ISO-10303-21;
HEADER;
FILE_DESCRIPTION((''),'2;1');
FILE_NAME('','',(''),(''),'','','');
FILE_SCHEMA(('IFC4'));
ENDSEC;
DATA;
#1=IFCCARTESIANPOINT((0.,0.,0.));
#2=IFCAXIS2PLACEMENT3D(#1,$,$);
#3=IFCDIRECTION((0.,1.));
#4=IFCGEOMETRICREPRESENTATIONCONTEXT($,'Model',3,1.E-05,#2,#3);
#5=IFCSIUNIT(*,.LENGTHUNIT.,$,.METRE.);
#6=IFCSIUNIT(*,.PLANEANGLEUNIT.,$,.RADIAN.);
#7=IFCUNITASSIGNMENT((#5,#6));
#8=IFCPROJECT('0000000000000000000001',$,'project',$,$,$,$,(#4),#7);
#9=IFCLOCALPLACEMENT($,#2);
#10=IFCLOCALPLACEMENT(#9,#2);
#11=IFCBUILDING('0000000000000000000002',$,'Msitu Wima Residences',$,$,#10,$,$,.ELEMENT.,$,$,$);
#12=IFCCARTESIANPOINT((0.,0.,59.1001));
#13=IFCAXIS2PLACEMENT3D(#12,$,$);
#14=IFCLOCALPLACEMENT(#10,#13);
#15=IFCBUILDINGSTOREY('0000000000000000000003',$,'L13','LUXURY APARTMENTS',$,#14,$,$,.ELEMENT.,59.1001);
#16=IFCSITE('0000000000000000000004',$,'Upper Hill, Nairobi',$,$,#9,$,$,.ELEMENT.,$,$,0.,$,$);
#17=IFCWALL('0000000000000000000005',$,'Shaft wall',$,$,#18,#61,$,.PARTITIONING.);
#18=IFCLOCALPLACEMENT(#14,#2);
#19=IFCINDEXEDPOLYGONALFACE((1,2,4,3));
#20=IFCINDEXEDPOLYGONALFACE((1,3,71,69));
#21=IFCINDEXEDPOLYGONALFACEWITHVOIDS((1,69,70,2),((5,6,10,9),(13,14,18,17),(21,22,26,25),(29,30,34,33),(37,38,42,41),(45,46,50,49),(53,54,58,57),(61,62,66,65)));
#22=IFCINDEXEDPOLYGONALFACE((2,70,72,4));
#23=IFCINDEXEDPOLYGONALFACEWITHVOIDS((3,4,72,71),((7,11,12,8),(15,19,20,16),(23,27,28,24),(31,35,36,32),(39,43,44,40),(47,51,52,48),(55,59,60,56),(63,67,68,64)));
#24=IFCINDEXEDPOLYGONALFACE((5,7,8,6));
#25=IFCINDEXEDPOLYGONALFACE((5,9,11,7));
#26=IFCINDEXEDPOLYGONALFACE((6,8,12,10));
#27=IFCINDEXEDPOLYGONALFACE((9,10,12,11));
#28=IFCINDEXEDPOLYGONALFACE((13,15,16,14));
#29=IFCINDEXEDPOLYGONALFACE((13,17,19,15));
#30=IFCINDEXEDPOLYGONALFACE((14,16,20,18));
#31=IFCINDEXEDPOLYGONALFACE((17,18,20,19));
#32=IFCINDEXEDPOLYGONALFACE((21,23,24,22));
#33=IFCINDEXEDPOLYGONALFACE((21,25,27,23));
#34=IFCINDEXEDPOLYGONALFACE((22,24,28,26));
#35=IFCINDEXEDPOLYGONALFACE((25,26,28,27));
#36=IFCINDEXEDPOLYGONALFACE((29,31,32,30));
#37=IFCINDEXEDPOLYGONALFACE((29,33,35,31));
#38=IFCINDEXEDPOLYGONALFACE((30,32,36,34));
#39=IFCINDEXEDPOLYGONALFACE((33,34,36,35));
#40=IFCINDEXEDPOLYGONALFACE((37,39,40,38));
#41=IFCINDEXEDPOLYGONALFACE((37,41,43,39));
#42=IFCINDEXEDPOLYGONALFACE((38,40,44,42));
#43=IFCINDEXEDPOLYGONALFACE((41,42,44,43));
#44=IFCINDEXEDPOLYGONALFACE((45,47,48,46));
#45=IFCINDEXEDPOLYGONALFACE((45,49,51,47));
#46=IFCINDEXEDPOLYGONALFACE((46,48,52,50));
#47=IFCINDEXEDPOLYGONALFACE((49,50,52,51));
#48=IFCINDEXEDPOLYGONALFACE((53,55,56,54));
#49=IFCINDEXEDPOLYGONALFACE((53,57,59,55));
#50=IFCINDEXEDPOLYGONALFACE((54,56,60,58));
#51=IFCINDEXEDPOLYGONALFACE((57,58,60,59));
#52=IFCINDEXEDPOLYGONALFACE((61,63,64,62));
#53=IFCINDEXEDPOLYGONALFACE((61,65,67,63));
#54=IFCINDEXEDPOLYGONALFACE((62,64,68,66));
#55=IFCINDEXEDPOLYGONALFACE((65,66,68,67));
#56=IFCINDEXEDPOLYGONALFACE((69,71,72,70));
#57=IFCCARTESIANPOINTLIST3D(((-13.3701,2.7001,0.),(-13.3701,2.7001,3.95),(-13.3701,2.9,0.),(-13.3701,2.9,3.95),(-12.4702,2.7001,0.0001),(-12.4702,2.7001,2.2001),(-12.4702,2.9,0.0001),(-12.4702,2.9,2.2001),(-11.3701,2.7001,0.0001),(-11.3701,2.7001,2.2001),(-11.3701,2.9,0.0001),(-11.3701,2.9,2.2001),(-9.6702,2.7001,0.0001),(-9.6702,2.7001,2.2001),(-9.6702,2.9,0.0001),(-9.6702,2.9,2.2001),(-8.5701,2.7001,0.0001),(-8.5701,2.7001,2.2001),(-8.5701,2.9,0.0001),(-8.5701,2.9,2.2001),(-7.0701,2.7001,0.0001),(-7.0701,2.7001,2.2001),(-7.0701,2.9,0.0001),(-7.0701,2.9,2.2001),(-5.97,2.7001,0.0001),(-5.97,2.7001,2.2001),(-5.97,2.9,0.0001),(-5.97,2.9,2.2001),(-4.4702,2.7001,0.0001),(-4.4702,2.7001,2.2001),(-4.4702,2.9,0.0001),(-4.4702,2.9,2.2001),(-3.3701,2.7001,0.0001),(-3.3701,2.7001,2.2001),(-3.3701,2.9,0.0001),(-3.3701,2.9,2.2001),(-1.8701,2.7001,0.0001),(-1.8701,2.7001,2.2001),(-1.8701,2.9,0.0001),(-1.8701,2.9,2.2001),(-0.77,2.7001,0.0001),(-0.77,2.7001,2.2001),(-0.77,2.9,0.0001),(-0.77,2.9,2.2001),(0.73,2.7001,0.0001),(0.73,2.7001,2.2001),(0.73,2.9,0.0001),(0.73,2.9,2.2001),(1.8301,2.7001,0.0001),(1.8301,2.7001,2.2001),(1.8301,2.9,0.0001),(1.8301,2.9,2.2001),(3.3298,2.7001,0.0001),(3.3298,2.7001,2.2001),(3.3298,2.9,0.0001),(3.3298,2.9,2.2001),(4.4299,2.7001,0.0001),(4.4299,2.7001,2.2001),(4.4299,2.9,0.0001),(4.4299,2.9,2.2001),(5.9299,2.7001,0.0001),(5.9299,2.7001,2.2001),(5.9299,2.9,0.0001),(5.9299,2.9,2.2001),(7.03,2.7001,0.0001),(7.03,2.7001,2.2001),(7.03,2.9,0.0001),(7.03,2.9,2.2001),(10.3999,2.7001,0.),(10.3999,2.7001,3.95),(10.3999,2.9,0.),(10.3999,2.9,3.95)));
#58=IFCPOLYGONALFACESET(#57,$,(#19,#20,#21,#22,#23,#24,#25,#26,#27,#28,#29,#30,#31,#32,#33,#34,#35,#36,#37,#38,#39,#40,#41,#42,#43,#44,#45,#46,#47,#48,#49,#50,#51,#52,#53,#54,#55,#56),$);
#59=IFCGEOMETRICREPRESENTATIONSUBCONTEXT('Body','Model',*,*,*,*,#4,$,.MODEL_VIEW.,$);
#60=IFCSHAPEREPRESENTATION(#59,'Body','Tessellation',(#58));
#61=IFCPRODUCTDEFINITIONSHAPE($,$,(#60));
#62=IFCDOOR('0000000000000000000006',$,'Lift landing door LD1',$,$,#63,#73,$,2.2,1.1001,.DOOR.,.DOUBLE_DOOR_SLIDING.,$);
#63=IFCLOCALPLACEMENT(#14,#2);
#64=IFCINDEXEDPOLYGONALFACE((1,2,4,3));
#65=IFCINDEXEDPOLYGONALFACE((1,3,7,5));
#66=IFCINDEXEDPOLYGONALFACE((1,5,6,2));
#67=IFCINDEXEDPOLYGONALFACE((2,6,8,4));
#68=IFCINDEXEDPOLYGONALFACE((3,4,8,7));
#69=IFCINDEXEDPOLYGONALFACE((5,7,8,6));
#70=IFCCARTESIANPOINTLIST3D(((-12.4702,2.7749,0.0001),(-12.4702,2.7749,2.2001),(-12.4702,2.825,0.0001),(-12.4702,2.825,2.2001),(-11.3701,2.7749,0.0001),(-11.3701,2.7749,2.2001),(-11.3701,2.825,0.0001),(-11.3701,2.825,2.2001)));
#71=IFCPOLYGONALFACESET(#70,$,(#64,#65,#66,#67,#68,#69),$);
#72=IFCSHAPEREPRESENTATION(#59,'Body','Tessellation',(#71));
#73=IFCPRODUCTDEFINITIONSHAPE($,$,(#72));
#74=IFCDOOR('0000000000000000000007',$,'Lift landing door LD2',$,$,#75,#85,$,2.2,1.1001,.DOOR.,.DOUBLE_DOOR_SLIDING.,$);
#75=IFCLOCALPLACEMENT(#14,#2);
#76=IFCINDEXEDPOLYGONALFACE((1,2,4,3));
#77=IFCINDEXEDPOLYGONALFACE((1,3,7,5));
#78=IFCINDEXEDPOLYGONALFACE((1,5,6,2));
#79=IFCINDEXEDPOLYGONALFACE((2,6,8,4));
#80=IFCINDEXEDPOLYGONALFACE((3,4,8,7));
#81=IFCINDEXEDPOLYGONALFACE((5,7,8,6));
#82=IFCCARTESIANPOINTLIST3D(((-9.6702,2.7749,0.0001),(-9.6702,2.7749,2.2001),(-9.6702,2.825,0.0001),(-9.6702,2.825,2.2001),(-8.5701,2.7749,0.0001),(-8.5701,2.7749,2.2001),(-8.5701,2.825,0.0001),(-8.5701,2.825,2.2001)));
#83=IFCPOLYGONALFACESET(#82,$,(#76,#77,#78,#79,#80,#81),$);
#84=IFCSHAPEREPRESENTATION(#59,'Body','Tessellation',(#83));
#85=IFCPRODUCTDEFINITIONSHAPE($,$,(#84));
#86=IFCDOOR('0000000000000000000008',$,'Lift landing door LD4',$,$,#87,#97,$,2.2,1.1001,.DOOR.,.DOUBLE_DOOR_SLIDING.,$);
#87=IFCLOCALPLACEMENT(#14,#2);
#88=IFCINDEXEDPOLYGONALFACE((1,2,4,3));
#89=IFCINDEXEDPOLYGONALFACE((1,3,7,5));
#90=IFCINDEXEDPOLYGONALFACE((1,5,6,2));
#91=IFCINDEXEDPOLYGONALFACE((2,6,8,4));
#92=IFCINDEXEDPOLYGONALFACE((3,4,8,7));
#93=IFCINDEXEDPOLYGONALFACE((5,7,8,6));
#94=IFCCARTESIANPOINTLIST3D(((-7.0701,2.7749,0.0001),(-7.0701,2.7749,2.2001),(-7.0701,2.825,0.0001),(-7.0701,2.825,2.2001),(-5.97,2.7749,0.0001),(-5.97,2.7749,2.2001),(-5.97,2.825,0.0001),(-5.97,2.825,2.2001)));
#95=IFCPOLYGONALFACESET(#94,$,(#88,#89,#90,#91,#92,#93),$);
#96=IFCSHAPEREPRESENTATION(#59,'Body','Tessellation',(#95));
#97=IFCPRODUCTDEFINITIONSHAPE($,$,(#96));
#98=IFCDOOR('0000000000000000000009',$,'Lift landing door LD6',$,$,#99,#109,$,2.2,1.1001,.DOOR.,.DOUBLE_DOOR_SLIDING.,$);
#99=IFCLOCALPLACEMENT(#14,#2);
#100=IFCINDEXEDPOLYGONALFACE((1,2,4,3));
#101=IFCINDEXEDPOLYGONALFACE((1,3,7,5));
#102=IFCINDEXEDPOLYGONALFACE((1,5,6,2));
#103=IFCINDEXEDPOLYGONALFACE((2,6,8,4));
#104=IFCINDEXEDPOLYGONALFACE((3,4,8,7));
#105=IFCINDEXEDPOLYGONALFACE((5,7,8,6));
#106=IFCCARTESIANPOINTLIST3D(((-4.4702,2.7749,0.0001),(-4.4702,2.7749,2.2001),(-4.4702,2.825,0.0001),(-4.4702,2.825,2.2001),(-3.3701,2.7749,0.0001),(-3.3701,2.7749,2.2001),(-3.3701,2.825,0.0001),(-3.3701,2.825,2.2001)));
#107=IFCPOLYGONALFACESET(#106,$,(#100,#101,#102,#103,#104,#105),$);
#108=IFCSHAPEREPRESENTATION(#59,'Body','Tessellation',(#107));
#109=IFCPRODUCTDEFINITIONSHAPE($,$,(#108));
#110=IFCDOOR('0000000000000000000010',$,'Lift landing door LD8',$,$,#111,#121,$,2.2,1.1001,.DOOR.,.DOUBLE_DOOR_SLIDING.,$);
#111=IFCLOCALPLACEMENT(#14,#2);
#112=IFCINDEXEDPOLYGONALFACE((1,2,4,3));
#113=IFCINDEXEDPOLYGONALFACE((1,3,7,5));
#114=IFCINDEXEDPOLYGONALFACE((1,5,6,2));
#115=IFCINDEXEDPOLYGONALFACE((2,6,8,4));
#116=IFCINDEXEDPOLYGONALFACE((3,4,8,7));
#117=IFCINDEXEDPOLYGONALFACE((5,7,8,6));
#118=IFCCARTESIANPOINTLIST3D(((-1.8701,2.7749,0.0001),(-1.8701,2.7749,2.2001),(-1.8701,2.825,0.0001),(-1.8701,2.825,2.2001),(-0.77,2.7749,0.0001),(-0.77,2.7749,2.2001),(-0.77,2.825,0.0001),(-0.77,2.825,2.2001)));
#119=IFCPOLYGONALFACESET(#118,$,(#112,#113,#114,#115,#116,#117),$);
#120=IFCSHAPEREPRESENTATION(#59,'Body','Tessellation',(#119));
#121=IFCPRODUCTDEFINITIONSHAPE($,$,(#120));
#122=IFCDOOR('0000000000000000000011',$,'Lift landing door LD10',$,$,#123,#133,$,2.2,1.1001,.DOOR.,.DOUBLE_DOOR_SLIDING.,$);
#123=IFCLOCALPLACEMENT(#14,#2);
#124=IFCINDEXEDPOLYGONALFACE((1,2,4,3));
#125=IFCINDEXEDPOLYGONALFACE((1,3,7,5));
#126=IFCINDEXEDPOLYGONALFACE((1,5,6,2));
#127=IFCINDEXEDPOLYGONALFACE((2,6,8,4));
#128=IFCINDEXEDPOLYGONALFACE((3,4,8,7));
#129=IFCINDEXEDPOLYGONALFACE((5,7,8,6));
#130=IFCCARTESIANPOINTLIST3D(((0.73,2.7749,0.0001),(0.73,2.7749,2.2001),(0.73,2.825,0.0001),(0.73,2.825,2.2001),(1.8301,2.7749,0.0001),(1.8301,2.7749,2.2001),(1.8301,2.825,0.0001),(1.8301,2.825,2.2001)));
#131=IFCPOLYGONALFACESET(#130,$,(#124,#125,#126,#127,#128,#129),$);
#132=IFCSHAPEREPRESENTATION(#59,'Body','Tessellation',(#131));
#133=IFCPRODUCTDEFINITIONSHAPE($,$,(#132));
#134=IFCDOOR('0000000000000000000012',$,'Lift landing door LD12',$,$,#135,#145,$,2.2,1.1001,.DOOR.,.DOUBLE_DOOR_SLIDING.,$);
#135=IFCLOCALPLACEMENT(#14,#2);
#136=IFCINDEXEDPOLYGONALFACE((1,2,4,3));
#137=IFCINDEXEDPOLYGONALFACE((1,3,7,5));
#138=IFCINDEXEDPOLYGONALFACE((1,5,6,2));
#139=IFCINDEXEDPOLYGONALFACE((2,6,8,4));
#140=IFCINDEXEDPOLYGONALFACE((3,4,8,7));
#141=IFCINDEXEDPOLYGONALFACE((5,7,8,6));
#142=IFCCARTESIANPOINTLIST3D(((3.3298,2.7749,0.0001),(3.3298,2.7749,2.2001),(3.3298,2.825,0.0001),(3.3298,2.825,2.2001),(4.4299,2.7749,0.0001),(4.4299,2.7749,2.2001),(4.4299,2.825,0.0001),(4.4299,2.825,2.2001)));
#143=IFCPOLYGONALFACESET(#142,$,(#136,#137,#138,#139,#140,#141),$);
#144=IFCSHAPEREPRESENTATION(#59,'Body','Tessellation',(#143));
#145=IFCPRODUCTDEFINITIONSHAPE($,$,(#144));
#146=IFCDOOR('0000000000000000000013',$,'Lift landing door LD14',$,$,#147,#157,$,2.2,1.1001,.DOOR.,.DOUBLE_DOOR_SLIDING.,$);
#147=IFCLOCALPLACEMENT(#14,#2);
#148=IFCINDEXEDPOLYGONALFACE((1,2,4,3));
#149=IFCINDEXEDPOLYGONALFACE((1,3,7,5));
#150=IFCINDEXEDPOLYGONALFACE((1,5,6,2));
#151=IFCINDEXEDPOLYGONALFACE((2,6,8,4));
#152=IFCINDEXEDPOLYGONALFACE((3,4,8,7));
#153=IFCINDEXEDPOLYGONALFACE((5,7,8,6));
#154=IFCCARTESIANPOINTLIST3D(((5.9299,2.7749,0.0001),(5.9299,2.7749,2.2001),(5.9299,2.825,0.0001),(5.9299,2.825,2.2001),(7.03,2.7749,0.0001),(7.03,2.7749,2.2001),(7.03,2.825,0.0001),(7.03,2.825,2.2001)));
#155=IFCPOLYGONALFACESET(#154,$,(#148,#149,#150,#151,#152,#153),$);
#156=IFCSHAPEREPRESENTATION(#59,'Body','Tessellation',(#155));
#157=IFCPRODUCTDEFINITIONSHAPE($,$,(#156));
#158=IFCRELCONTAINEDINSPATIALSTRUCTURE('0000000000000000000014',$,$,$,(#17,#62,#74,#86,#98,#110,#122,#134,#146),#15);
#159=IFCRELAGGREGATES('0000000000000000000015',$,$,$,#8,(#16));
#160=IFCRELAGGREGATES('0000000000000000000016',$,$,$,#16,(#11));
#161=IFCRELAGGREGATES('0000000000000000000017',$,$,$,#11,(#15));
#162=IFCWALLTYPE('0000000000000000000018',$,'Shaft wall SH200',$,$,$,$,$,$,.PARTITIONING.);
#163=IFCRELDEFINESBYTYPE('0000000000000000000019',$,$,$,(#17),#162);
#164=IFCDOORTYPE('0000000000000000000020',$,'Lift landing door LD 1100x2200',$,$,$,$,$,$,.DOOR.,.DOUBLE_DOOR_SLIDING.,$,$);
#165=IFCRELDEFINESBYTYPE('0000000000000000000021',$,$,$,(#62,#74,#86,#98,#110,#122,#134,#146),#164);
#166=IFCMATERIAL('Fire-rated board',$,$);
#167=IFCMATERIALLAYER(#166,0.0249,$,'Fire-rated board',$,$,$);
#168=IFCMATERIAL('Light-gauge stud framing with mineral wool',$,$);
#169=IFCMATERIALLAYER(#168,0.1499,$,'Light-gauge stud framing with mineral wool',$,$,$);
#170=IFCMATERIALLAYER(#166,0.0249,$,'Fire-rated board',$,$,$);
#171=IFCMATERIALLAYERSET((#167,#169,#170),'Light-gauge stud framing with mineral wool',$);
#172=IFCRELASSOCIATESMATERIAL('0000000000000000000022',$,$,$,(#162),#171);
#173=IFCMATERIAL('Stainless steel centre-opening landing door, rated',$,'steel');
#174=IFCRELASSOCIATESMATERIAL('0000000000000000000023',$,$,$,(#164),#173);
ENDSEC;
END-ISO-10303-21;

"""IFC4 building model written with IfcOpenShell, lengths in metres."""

from ifc_helpers import new_model, si_unit, direction, frame, frame_2d, origin, place, context, subcontext, project, spatial, rectangle, extrude, material, layer, layer_set, type_object, element, fill, save


model = new_model("IFC4")

# Units and contexts
model_context = context("Model", 3, precision=1e-05, world=origin(), true_north=direction((0.0, 1.0)))
body_context = subcontext(model_context, "Body", "Model", "MODEL_VIEW")
ifc_project = project(units=[si_unit("LENGTHUNIT", "METRE"), si_unit("PLANEANGLEUNIT", "RADIAN")], contexts=[model_context])

# Site, building, storey
site_placement = place(None, origin())
site = spatial("IfcSite", under=ifc_project, at=site_placement, Name="Upper Hill, Nairobi", CompositionType="ELEMENT", RefElevation=0.0)
building_placement = place(site_placement, origin())
building = spatial("IfcBuilding", under=site, at=building_placement, Name="Msitu Wima Residences", CompositionType="ELEMENT")
storey_placement = place(building_placement, frame((0.0, 0.0, 59.1001)))
storey = spatial("IfcBuildingStorey", under=building, at=storey_placement, Name="L13", Description="LUXURY APARTMENTS", CompositionType="ELEMENT", Elevation=59.1001)

# Wall, openings, doors
ifc_material_1 = material(Name="Fire-rated board")
ifc_layer_1 = layer(ifc_material_1, 0.0249, Name="Fire-rated board")
ifc_material_2 = material(Name="Light-gauge stud framing with mineral wool")
ifc_layer_2 = layer(ifc_material_2, 0.1499, Name="Light-gauge stud framing with mineral wool")
ifc_layer_3 = layer(ifc_material_1, 0.0249, Name="Fire-rated board")
ifc_layer_set_1 = layer_set([ifc_layer_1, ifc_layer_2, ifc_layer_3], Name="Light-gauge stud framing with mineral wool")
wall_type_1 = type_object("IfcWallType", Name="Shaft wall SH200", PredefinedType="PARTITIONING", material=ifc_layer_set_1)
wall_1_placement = place(storey_placement, frame((-13.3701, 2.8, 0.0), z_axis=(0.0, 0.0, 1.0), x_axis=(1.0, 0.0, 0.0)))
wall_1 = element("IfcWall", 1, at=wall_1_placement, inside=storey, type_object=wall_type_1, Name="Shaft wall", PredefinedType="PARTITIONING", context=body_context, shape_type="SweptSolid", body=[
    extrude(rectangle(XDim=23.77, YDim=0.2, at=frame_2d((11.885, 0.0))), origin(), (0.0, 0.0, 1.0), 3.95),
])
opening_1_placement = place(wall_1_placement, frame((0.8999, 0.0, 0.0)))
opening_1 = element("IfcOpeningElement", 2, at=opening_1_placement, cuts=wall_1, PredefinedType="OPENING", context=body_context, shape_type="SweptSolid", body=[
    extrude(rectangle(XDim=1.1001, YDim=2.2, at=frame_2d((0.55, 1.1001))), frame((0.0, 0.1099, 0.0), z_axis=(0.0, -1.0, 0.0), x_axis=(1.0, 0.0, 0.0)), (0.0, 0.0, 1.0), 0.22),
])
opening_2_placement = place(wall_1_placement, frame((3.7, 0.0, 0.0)))
opening_2 = element("IfcOpeningElement", 3, at=opening_2_placement, cuts=wall_1, PredefinedType="OPENING", context=body_context, shape_type="SweptSolid", body=[
    extrude(rectangle(XDim=1.1001, YDim=2.2, at=frame_2d((0.55, 1.1001))), frame((0.0, 0.1099, 0.0), z_axis=(0.0, -1.0, 0.0), x_axis=(1.0, 0.0, 0.0)), (0.0, 0.0, 1.0), 0.22),
])
opening_3_placement = place(wall_1_placement, frame((6.3, 0.0, 0.0)))
opening_3 = element("IfcOpeningElement", 4, at=opening_3_placement, cuts=wall_1, PredefinedType="OPENING", context=body_context, shape_type="SweptSolid", body=[
    extrude(rectangle(XDim=1.1001, YDim=2.2, at=frame_2d((0.55, 1.1001))), frame((0.0, 0.1099, 0.0), z_axis=(0.0, -1.0, 0.0), x_axis=(1.0, 0.0, 0.0)), (0.0, 0.0, 1.0), 0.22),
])
opening_4_placement = place(wall_1_placement, frame((8.8999, 0.0, 0.0)))
opening_4 = element("IfcOpeningElement", 5, at=opening_4_placement, cuts=wall_1, PredefinedType="OPENING", context=body_context, shape_type="SweptSolid", body=[
    extrude(rectangle(XDim=1.1001, YDim=2.2, at=frame_2d((0.55, 1.1001))), frame((0.0, 0.1099, 0.0), z_axis=(0.0, -1.0, 0.0), x_axis=(1.0, 0.0, 0.0)), (0.0, 0.0, 1.0), 0.22),
])
opening_5_placement = place(wall_1_placement, frame((11.5, 0.0, 0.0)))
opening_5 = element("IfcOpeningElement", 6, at=opening_5_placement, cuts=wall_1, PredefinedType="OPENING", context=body_context, shape_type="SweptSolid", body=[
    extrude(rectangle(XDim=1.1001, YDim=2.2, at=frame_2d((0.55, 1.1001))), frame((0.0, 0.1099, 0.0), z_axis=(0.0, -1.0, 0.0), x_axis=(1.0, 0.0, 0.0)), (0.0, 0.0, 1.0), 0.22),
])
opening_6_placement = place(wall_1_placement, frame((14.1001, 0.0, 0.0)))
opening_6 = element("IfcOpeningElement", 7, at=opening_6_placement, cuts=wall_1, PredefinedType="OPENING", context=body_context, shape_type="SweptSolid", body=[
    extrude(rectangle(XDim=1.1001, YDim=2.2, at=frame_2d((0.55, 1.1001))), frame((0.0, 0.1099, 0.0), z_axis=(0.0, -1.0, 0.0), x_axis=(1.0, 0.0, 0.0)), (0.0, 0.0, 1.0), 0.22),
])
opening_7_placement = place(wall_1_placement, frame((16.7, 0.0, 0.0)))
opening_7 = element("IfcOpeningElement", 8, at=opening_7_placement, cuts=wall_1, PredefinedType="OPENING", context=body_context, shape_type="SweptSolid", body=[
    extrude(rectangle(XDim=1.1001, YDim=2.2, at=frame_2d((0.55, 1.1001))), frame((0.0, 0.1099, 0.0), z_axis=(0.0, -1.0, 0.0), x_axis=(1.0, 0.0, 0.0)), (0.0, 0.0, 1.0), 0.22),
])
opening_8_placement = place(wall_1_placement, frame((19.3, 0.0, 0.0)))
opening_8 = element("IfcOpeningElement", 9, at=opening_8_placement, cuts=wall_1, PredefinedType="OPENING", context=body_context, shape_type="SweptSolid", body=[
    extrude(rectangle(XDim=1.1001, YDim=2.2, at=frame_2d((0.55, 1.1001))), frame((0.0, 0.1099, 0.0), z_axis=(0.0, -1.0, 0.0), x_axis=(1.0, 0.0, 0.0)), (0.0, 0.0, 1.0), 0.22),
])
ifc_material_3 = material(Name="Stainless steel centre-opening landing door, rated", Category="steel")
door_type_1 = type_object("IfcDoorType", Name="Lift landing door LD 1100x2200", OperationType="DOUBLE_DOOR_SLIDING", PredefinedType="DOOR", material=ifc_material_3)
door_1_placement = place(opening_1_placement, origin())
door_1 = element("IfcDoor", 10, at=door_1_placement, inside=storey, type_object=door_type_1, Name="Lift landing door LD1", OperationType="DOUBLE_DOOR_SLIDING", OverallHeight=2.2, OverallWidth=1.1001, PredefinedType="DOOR", context=body_context, shape_type="SweptSolid", body=[
    extrude(rectangle(XDim=1.1001, YDim=2.2, at=frame_2d((0.55, 1.1001))), frame((0.0, 0.0249, 0.0), z_axis=(0.0, -1.0, 0.0), x_axis=(1.0, 0.0, 0.0)), (0.0, 0.0, 1.0), 0.05),
])
fill(opening_1, door_1)
door_2_placement = place(opening_2_placement, origin())
door_2 = element("IfcDoor", 11, at=door_2_placement, inside=storey, type_object=door_type_1, Name="Lift landing door LD2", OperationType="DOUBLE_DOOR_SLIDING", OverallHeight=2.2, OverallWidth=1.1001, PredefinedType="DOOR", context=body_context, shape_type="SweptSolid", body=[
    extrude(rectangle(XDim=1.1001, YDim=2.2, at=frame_2d((0.55, 1.1001))), frame((0.0, 0.0249, 0.0), z_axis=(0.0, -1.0, 0.0), x_axis=(1.0, 0.0, 0.0)), (0.0, 0.0, 1.0), 0.05),
])
fill(opening_2, door_2)
door_3_placement = place(opening_3_placement, origin())
door_3 = element("IfcDoor", 12, at=door_3_placement, inside=storey, type_object=door_type_1, Name="Lift landing door LD4", OperationType="DOUBLE_DOOR_SLIDING", OverallHeight=2.2, OverallWidth=1.1001, PredefinedType="DOOR", context=body_context, shape_type="SweptSolid", body=[
    extrude(rectangle(XDim=1.1001, YDim=2.2, at=frame_2d((0.55, 1.1001))), frame((0.0, 0.0249, 0.0), z_axis=(0.0, -1.0, 0.0), x_axis=(1.0, 0.0, 0.0)), (0.0, 0.0, 1.0), 0.05),
])
fill(opening_3, door_3)
door_4_placement = place(opening_4_placement, origin())
door_4 = element("IfcDoor", 13, at=door_4_placement, inside=storey, type_object=door_type_1, Name="Lift landing door LD6", OperationType="DOUBLE_DOOR_SLIDING", OverallHeight=2.2, OverallWidth=1.1001, PredefinedType="DOOR", context=body_context, shape_type="SweptSolid", body=[
    extrude(rectangle(XDim=1.1001, YDim=2.2, at=frame_2d((0.55, 1.1001))), frame((0.0, 0.0249, 0.0), z_axis=(0.0, -1.0, 0.0), x_axis=(1.0, 0.0, 0.0)), (0.0, 0.0, 1.0), 0.05),
])
fill(opening_4, door_4)
door_5_placement = place(opening_5_placement, origin())
door_5 = element("IfcDoor", 14, at=door_5_placement, inside=storey, type_object=door_type_1, Name="Lift landing door LD8", OperationType="DOUBLE_DOOR_SLIDING", OverallHeight=2.2, OverallWidth=1.1001, PredefinedType="DOOR", context=body_context, shape_type="SweptSolid", body=[
    extrude(rectangle(XDim=1.1001, YDim=2.2, at=frame_2d((0.55, 1.1001))), frame((0.0, 0.0249, 0.0), z_axis=(0.0, -1.0, 0.0), x_axis=(1.0, 0.0, 0.0)), (0.0, 0.0, 1.0), 0.05),
])
fill(opening_5, door_5)
door_6_placement = place(opening_6_placement, origin())
door_6 = element("IfcDoor", 15, at=door_6_placement, inside=storey, type_object=door_type_1, Name="Lift landing door LD10", OperationType="DOUBLE_DOOR_SLIDING", OverallHeight=2.2, OverallWidth=1.1001, PredefinedType="DOOR", context=body_context, shape_type="SweptSolid", body=[
    extrude(rectangle(XDim=1.1001, YDim=2.2, at=frame_2d((0.55, 1.1001))), frame((0.0, 0.0249, 0.0), z_axis=(0.0, -1.0, 0.0), x_axis=(1.0, 0.0, 0.0)), (0.0, 0.0, 1.0), 0.05),
])
fill(opening_6, door_6)
door_7_placement = place(opening_7_placement, origin())
door_7 = element("IfcDoor", 16, at=door_7_placement, inside=storey, type_object=door_type_1, Name="Lift landing door LD12", OperationType="DOUBLE_DOOR_SLIDING", OverallHeight=2.2, OverallWidth=1.1001, PredefinedType="DOOR", context=body_context, shape_type="SweptSolid", body=[
    extrude(rectangle(XDim=1.1001, YDim=2.2, at=frame_2d((0.55, 1.1001))), frame((0.0, 0.0249, 0.0), z_axis=(0.0, -1.0, 0.0), x_axis=(1.0, 0.0, 0.0)), (0.0, 0.0, 1.0), 0.05),
])
fill(opening_7, door_7)
door_8_placement = place(opening_8_placement, origin())
door_8 = element("IfcDoor", 17, at=door_8_placement, inside=storey, type_object=door_type_1, Name="Lift landing door LD14", OperationType="DOUBLE_DOOR_SLIDING", OverallHeight=2.2, OverallWidth=1.1001, PredefinedType="DOOR", context=body_context, shape_type="SweptSolid", body=[
    extrude(rectangle(XDim=1.1001, YDim=2.2, at=frame_2d((0.55, 1.1001))), frame((0.0, 0.0249, 0.0), z_axis=(0.0, -1.0, 0.0), x_axis=(1.0, 0.0, 0.0)), (0.0, 0.0, 1.0), 0.05),
])
fill(opening_8, door_8)

save(model, "model.ifc")
